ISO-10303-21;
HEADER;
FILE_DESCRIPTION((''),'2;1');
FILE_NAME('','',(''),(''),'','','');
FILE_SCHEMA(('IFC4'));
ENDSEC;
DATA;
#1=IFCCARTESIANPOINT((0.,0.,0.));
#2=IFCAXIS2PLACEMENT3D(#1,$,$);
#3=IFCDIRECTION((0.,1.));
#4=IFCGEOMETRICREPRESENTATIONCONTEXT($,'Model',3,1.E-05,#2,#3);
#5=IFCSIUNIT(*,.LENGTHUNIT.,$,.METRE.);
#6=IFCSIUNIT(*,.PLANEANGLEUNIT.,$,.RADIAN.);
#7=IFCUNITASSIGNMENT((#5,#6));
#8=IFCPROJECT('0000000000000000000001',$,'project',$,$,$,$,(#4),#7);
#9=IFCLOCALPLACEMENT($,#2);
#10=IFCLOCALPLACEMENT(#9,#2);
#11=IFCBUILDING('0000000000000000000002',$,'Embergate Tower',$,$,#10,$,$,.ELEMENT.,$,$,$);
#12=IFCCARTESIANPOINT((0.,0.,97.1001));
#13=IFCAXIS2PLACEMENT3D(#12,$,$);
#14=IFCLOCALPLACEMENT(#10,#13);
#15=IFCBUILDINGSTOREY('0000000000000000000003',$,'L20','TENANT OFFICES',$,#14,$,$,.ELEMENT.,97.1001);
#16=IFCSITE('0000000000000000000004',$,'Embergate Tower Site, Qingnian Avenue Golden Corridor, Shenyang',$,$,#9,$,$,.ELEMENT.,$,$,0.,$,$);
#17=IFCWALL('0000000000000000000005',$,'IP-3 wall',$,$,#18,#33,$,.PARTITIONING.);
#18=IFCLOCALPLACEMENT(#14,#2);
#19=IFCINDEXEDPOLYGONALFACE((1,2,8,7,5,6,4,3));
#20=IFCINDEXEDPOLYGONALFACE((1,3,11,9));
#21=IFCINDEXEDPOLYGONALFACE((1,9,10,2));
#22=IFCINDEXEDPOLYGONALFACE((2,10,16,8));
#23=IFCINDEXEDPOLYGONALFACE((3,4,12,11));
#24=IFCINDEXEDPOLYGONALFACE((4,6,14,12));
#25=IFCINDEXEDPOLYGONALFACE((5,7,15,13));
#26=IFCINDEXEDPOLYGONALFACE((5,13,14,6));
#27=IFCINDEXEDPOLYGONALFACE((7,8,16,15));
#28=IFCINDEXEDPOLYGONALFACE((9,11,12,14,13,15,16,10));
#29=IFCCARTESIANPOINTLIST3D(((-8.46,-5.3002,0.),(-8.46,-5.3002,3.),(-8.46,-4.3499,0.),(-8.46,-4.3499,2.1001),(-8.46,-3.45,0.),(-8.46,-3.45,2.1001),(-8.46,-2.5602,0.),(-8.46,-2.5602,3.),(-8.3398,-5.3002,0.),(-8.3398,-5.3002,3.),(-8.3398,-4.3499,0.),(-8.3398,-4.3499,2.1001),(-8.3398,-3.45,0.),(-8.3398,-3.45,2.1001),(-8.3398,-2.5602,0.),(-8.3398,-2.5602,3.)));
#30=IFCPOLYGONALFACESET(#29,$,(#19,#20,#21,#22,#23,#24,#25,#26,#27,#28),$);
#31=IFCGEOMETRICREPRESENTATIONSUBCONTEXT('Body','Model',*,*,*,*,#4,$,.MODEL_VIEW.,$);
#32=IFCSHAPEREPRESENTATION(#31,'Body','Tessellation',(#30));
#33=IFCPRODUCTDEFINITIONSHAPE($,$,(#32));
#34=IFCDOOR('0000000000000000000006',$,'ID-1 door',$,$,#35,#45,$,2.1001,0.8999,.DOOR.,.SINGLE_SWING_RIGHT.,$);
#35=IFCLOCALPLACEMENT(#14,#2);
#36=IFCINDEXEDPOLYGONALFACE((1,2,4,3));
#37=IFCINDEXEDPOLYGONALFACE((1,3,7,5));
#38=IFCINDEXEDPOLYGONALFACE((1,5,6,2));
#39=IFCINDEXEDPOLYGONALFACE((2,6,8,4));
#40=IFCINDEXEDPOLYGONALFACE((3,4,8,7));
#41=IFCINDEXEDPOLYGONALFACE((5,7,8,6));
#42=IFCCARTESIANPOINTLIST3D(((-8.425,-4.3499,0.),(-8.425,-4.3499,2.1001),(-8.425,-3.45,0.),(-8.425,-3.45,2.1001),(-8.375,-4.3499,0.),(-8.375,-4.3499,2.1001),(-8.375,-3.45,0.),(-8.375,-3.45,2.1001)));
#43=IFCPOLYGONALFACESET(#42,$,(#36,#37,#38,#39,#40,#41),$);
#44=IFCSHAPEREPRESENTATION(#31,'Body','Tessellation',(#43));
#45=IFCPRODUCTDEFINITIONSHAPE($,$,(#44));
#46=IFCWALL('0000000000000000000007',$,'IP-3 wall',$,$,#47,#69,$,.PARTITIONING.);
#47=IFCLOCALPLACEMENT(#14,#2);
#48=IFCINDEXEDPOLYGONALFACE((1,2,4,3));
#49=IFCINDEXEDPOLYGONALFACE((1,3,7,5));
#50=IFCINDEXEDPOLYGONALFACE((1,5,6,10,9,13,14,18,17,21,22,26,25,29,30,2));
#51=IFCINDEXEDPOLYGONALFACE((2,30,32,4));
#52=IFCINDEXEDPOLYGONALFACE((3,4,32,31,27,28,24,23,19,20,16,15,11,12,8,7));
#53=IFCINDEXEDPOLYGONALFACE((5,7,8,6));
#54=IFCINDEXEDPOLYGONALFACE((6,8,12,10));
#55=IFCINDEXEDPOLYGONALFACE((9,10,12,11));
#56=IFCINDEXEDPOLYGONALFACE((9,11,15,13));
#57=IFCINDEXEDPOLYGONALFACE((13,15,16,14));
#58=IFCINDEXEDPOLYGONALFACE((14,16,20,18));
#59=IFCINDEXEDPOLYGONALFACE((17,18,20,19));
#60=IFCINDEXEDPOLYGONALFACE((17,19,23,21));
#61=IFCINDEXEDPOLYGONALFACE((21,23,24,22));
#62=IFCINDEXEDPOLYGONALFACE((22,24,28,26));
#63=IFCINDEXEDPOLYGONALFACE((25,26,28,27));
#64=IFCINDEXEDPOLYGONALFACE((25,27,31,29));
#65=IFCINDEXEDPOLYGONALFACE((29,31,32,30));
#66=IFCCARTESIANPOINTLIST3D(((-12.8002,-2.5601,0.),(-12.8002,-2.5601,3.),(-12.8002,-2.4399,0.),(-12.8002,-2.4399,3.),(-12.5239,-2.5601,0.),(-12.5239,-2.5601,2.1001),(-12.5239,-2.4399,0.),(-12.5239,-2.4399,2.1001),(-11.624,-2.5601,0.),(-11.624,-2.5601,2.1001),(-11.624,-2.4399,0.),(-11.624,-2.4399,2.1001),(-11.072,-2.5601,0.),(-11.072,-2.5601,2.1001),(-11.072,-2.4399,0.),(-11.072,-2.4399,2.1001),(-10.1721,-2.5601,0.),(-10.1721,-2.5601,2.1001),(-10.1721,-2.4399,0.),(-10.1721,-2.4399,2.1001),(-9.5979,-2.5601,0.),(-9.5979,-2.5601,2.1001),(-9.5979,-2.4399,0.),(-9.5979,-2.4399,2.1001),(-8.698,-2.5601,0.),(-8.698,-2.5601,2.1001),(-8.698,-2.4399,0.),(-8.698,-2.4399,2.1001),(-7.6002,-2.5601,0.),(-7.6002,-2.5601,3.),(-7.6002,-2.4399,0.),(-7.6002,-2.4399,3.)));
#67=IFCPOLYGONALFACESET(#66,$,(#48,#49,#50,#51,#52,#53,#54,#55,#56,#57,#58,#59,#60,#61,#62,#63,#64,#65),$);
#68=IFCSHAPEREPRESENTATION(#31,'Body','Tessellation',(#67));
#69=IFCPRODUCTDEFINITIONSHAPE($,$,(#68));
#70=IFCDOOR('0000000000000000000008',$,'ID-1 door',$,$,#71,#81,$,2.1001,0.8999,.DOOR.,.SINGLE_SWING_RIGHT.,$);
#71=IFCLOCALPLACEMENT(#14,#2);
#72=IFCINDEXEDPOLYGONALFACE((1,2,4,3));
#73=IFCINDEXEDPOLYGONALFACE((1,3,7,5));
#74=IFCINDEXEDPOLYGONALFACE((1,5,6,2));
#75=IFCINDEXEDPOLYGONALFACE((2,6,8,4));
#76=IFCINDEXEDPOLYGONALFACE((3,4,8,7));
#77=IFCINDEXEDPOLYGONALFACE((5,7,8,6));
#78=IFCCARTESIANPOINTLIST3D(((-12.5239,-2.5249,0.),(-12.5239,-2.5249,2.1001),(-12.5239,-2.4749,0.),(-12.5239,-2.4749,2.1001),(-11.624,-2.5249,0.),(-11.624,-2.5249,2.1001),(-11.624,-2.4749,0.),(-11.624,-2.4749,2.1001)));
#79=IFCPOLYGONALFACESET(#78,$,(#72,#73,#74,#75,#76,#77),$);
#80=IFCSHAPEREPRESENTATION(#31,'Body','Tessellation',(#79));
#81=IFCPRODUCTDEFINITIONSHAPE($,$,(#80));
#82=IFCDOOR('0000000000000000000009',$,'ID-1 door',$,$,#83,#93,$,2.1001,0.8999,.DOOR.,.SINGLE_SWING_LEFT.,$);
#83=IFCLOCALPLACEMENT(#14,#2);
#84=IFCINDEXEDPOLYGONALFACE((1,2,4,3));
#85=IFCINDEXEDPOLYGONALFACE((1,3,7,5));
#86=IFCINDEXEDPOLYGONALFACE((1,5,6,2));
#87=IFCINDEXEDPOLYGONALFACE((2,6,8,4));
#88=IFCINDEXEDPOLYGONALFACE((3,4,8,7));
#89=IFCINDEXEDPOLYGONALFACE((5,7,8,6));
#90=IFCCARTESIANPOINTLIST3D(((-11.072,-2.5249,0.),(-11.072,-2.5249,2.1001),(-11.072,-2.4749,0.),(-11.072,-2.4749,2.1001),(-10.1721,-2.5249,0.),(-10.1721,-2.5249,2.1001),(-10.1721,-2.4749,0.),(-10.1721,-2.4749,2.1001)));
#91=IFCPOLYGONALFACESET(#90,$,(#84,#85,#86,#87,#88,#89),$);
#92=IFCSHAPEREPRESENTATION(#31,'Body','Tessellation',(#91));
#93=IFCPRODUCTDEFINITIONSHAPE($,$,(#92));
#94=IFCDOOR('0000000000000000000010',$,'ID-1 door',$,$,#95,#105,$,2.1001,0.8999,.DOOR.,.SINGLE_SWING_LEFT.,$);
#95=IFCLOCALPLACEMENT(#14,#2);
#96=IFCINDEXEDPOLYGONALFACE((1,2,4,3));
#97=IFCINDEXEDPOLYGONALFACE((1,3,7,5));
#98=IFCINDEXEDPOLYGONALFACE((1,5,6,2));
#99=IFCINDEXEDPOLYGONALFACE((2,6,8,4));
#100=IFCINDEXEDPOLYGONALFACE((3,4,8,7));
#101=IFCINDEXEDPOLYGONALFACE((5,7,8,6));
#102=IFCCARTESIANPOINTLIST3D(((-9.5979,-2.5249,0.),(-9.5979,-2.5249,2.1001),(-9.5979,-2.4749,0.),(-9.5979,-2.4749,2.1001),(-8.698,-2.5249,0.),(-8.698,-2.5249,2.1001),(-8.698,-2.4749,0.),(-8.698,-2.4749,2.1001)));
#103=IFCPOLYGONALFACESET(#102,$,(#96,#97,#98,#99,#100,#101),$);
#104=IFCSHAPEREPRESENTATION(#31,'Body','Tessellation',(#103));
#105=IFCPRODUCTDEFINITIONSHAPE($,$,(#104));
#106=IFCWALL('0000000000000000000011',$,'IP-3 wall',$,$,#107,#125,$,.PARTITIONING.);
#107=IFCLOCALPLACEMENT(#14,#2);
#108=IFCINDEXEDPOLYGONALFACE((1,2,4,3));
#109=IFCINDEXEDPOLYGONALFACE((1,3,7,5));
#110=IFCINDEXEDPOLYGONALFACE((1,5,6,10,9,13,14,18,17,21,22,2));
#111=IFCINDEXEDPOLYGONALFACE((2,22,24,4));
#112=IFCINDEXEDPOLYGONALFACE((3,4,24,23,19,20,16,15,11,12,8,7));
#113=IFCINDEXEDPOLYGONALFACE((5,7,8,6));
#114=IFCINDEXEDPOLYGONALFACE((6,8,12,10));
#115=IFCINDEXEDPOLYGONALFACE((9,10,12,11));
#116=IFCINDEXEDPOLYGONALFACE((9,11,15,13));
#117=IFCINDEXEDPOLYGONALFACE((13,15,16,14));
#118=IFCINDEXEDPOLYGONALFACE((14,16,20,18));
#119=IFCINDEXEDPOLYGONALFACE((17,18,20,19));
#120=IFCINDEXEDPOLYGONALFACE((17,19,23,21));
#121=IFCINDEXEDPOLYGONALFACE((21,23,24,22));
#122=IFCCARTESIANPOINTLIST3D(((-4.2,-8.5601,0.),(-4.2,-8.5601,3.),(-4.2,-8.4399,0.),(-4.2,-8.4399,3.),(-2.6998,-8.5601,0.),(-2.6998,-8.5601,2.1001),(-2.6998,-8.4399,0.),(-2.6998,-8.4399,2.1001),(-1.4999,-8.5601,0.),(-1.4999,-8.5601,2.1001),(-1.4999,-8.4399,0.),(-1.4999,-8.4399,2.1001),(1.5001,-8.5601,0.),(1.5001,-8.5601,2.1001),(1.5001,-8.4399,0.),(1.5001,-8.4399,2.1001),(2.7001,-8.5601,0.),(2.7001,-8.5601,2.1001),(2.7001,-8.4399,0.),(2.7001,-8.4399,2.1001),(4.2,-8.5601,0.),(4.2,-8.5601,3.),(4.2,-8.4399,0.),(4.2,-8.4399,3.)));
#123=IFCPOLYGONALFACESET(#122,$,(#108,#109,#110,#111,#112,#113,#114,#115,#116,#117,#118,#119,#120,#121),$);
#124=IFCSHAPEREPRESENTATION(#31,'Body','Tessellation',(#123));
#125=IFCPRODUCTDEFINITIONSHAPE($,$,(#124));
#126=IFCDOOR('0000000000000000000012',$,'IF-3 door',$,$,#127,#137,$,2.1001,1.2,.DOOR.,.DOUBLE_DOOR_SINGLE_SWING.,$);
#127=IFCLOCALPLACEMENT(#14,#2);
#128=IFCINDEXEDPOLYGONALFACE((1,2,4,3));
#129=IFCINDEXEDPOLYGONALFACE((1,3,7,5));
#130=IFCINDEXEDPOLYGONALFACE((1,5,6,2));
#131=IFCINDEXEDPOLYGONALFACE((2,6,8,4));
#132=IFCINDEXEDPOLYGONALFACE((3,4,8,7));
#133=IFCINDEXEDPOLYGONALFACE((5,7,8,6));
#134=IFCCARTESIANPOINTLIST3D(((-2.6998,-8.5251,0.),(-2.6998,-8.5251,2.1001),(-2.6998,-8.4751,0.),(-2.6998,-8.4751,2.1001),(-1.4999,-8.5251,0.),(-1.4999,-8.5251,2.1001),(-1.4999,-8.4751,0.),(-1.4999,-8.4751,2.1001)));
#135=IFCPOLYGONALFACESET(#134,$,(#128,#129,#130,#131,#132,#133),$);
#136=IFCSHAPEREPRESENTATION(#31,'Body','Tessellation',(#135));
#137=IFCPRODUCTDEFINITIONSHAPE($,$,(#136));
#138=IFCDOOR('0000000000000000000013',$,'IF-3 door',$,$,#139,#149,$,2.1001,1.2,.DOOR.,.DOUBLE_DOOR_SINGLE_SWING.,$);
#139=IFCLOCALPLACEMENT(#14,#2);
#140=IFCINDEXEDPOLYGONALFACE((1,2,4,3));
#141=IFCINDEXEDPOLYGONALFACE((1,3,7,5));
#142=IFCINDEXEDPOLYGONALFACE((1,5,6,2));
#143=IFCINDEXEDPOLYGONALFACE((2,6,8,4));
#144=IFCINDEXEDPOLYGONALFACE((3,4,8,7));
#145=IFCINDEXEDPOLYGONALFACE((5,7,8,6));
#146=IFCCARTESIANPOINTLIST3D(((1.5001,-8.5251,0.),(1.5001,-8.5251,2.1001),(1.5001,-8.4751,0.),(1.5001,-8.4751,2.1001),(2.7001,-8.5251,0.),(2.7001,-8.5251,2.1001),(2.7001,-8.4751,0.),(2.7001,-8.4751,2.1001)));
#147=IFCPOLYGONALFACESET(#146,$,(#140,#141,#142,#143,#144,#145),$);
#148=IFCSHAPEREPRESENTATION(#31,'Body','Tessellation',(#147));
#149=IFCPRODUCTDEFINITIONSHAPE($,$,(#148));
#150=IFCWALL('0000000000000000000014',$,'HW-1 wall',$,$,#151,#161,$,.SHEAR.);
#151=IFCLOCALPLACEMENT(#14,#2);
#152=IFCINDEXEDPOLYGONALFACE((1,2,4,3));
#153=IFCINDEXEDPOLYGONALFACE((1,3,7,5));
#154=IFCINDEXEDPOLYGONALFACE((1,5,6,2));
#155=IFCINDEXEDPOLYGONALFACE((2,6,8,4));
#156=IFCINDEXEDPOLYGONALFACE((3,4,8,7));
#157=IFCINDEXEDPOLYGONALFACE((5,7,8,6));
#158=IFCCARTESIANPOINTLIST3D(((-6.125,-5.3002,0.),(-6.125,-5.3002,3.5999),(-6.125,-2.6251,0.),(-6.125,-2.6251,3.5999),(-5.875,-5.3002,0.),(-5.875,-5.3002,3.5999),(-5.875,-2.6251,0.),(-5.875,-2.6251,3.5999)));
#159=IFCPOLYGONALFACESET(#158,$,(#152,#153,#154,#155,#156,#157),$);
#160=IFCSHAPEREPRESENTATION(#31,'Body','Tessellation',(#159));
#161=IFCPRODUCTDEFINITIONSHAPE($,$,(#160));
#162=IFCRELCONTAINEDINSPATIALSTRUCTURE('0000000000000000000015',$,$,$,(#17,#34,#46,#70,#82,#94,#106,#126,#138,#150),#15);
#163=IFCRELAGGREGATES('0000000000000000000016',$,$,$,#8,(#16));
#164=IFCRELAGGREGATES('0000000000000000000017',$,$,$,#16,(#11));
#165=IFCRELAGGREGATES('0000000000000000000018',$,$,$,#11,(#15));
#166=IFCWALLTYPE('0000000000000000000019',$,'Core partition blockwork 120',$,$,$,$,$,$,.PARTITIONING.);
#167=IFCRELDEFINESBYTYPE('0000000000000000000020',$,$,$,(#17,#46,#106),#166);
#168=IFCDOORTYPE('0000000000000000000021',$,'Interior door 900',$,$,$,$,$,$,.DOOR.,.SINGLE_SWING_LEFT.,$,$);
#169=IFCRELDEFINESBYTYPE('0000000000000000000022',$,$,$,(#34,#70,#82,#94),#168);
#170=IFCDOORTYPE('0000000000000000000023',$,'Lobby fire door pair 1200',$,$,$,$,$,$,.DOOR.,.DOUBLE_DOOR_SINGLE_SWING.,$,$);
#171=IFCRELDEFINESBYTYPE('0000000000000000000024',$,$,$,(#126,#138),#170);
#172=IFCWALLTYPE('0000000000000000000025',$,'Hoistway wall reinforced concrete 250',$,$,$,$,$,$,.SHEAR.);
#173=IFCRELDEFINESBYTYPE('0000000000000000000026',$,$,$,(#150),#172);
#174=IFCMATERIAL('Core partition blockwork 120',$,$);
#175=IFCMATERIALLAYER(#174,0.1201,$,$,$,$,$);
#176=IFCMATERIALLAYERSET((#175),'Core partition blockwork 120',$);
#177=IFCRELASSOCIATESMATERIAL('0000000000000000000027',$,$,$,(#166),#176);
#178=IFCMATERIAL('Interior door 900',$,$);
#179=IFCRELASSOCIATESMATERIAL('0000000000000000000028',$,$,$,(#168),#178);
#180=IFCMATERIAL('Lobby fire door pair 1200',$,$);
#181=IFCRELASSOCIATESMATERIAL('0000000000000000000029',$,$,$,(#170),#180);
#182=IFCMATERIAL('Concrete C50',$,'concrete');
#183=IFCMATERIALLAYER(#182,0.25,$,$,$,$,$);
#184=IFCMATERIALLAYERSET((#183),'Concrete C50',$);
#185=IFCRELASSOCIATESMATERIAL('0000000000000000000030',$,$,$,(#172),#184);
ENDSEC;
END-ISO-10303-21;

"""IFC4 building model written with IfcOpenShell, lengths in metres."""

from ifc_helpers import new_model, si_unit, direction, frame, frame_2d, origin, place, context, subcontext, project, spatial, rectangle, extrude, source, transform, mapped, material, layer, layer_set, type_object, element, fill, save


model = new_model("IFC4")

# Units and contexts
model_context = context("Model", 3, precision=1e-05, world=origin(), true_north=direction((0.0, 1.0)))
body_context = subcontext(model_context, "Body", "Model", "MODEL_VIEW")
ifc_project = project(units=[si_unit("LENGTHUNIT", "METRE"), si_unit("PLANEANGLEUNIT", "RADIAN")], contexts=[model_context])

# Site, building, storey
site_placement = place(None, origin())
site = spatial("IfcSite", under=ifc_project, at=site_placement, Name="Embergate Tower Site, Qingnian Avenue Golden Corridor, Shenyang", CompositionType="ELEMENT", RefElevation=0.0)
building_placement = place(site_placement, origin())
building = spatial("IfcBuilding", under=site, at=building_placement, Name="Embergate Tower", CompositionType="ELEMENT")
storey_placement = place(building_placement, frame((0.0, 0.0, 97.1001)))
storey = spatial("IfcBuildingStorey", under=building, at=storey_placement, Name="L20", Description="TENANT OFFICES", CompositionType="ELEMENT", Elevation=97.1001)

# Wall, opening, door
ifc_material_1 = material(Name="Core partition blockwork 120")
ifc_layer_1 = layer(ifc_material_1, 0.1201)
ifc_layer_set_1 = layer_set([ifc_layer_1], Name="Core partition blockwork 120")
wall_type_1 = type_object("IfcWallType", Name="Core partition blockwork 120", PredefinedType="PARTITIONING", material=ifc_layer_set_1)
shared_shape_1 = source(origin(), body_context, "Body", "SweptSolid", [
    extrude(rectangle(XDim=2.74, YDim=0.1201, at=frame_2d((1.3701, 0.0))), origin(), (0.0, 0.0, 1.0), 3.0),
])
wall_1_placement = place(storey_placement, frame((-8.3999, -2.5601, 0.0), z_axis=(0.0, 0.0, 1.0), x_axis=(0.0, -1.0, 0.0)))
wall_1 = element("IfcWall", 1, at=wall_1_placement, inside=storey, type_object=wall_type_1, Name="IP-3 wall", PredefinedType="PARTITIONING", context=body_context, shape_type="MappedRepresentation", body=[
    mapped(shared_shape_1, transform((0.0, 0.0, 0.0))),
])
shared_shape_2 = source(origin(), body_context, "Body", "SweptSolid", [
    extrude(rectangle(XDim=0.8999, YDim=2.1001, at=frame_2d((0.45, 1.05))), frame((0.0, 0.0701, 0.0), z_axis=(0.0, -1.0, 0.0), x_axis=(1.0, 0.0, 0.0)), (0.0, 0.0, 1.0), 0.1401),
])
opening_1_placement = place(wall_1_placement, frame((0.8899, 0.0, 0.0)))
opening_1 = element("IfcOpeningElement", 2, at=opening_1_placement, cuts=wall_1, PredefinedType="OPENING", context=body_context, shape_type="MappedRepresentation", body=[
    mapped(shared_shape_2, transform((0.0, 0.0, 0.0))),
])
ifc_material_2 = material(Name="Interior door 900")
door_type_1 = type_object("IfcDoorType", Name="Interior door 900", OperationType="SINGLE_SWING_LEFT", PredefinedType="DOOR", material=ifc_material_2)
shared_shape_3 = source(origin(), body_context, "Body", "SweptSolid", [
    extrude(rectangle(XDim=0.8999, YDim=2.1001, at=frame_2d((0.45, 1.05))), frame((0.0, 0.0249, 0.0), z_axis=(0.0, -1.0, 0.0), x_axis=(1.0, 0.0, 0.0)), (0.0, 0.0, 1.0), 0.05),
])
door_1_placement = place(opening_1_placement, origin())
door_1 = element("IfcDoor", 3, at=door_1_placement, inside=storey, type_object=door_type_1, Name="ID-1 door", OperationType="SINGLE_SWING_RIGHT", OverallHeight=2.1001, OverallWidth=0.8999, PredefinedType="DOOR", context=body_context, shape_type="MappedRepresentation", body=[
    mapped(shared_shape_3, transform((0.0, 0.0, 0.0))),
])
fill(opening_1, door_1)

# Walls, openings, doors
shared_shape_4 = source(origin(), body_context, "Body", "SweptSolid", [
    extrude(rectangle(XDim=5.2, YDim=0.1201, at=frame_2d((2.6001, 0.0))), origin(), (0.0, 0.0, 1.0), 3.0),
])
wall_2_placement = place(storey_placement, frame((-7.6001, -2.5, 0.0), z_axis=(0.0, 0.0, 1.0), x_axis=(-1.0, 0.0, 0.0)))
wall_2 = element("IfcWall", 4, at=wall_2_placement, inside=storey, type_object=wall_type_1, Name="IP-3 wall", PredefinedType="PARTITIONING", context=body_context, shape_type="MappedRepresentation", body=[
    mapped(shared_shape_4, transform((0.0, 0.0, 0.0))),
])
opening_2_placement = place(wall_2_placement, frame((4.0239, 0.0, 0.0)))
opening_2 = element("IfcOpeningElement", 5, at=opening_2_placement, cuts=wall_2, PredefinedType="OPENING", context=body_context, shape_type="MappedRepresentation", body=[
    mapped(shared_shape_2, transform((0.0, 0.0, 0.0))),
])
opening_3_placement = place(wall_2_placement, frame((2.572, 0.0, 0.0)))
opening_3 = element("IfcOpeningElement", 6, at=opening_3_placement, cuts=wall_2, PredefinedType="OPENING", context=body_context, shape_type="MappedRepresentation", body=[
    mapped(shared_shape_2, transform((0.0, 0.0, 0.0))),
])
opening_4_placement = place(wall_2_placement, frame((1.0979, 0.0, 0.0)))
opening_4 = element("IfcOpeningElement", 7, at=opening_4_placement, cuts=wall_2, PredefinedType="OPENING", context=body_context, shape_type="MappedRepresentation", body=[
    mapped(shared_shape_2, transform((0.0, 0.0, 0.0))),
])
door_2_placement = place(opening_2_placement, origin())
door_2 = element("IfcDoor", 8, at=door_2_placement, inside=storey, type_object=door_type_1, Name="ID-1 door", OperationType="SINGLE_SWING_RIGHT", OverallHeight=2.1001, OverallWidth=0.8999, PredefinedType="DOOR", context=body_context, shape_type="MappedRepresentation", body=[
    mapped(shared_shape_3, transform((0.0, 0.0, 0.0))),
])
fill(opening_2, door_2)
door_3_placement = place(opening_3_placement, origin())
door_3 = element("IfcDoor", 9, at=door_3_placement, inside=storey, type_object=door_type_1, Name="ID-1 door", OperationType="SINGLE_SWING_LEFT", OverallHeight=2.1001, OverallWidth=0.8999, PredefinedType="DOOR", context=body_context, shape_type="MappedRepresentation", body=[
    mapped(shared_shape_3, transform((0.0, 0.0, 0.0))),
])
fill(opening_3, door_3)
door_4_placement = place(opening_4_placement, origin())
door_4 = element("IfcDoor", 10, at=door_4_placement, inside=storey, type_object=door_type_1, Name="ID-1 door", OperationType="SINGLE_SWING_LEFT", OverallHeight=2.1001, OverallWidth=0.8999, PredefinedType="DOOR", context=body_context, shape_type="MappedRepresentation", body=[
    mapped(shared_shape_3, transform((0.0, 0.0, 0.0))),
])
fill(opening_4, door_4)
shared_shape_5 = source(origin(), body_context, "Body", "SweptSolid", [
    extrude(rectangle(XDim=8.3999, YDim=0.1201, at=frame_2d((4.2, 0.0))), origin(), (0.0, 0.0, 1.0), 3.0),
])
wall_3_placement = place(storey_placement, frame((-4.2, -8.5, 0.0), z_axis=(0.0, 0.0, 1.0), x_axis=(1.0, 0.0, 0.0)))
wall_3 = element("IfcWall", 11, at=wall_3_placement, inside=storey, type_object=wall_type_1, Name="IP-3 wall", PredefinedType="PARTITIONING", context=body_context, shape_type="MappedRepresentation", body=[
    mapped(shared_shape_5, transform((0.0, 0.0, 0.0))),
])
shared_shape_6 = source(origin(), body_context, "Body", "SweptSolid", [
    extrude(rectangle(XDim=1.2, YDim=2.1001, at=frame_2d((0.6001, 1.05))), frame((0.0, 0.0701, 0.0), z_axis=(0.0, -1.0, 0.0), x_axis=(1.0, 0.0, 0.0)), (0.0, 0.0, 1.0), 0.1401),
])
opening_5_placement = place(wall_3_placement, frame((1.5, 0.0, 0.0)))
opening_5 = element("IfcOpeningElement", 12, at=opening_5_placement, cuts=wall_3, PredefinedType="OPENING", context=body_context, shape_type="MappedRepresentation", body=[
    mapped(shared_shape_6, transform((0.0, 0.0, 0.0))),
])
opening_6_placement = place(wall_3_placement, frame((5.7, 0.0, 0.0)))
opening_6 = element("IfcOpeningElement", 13, at=opening_6_placement, cuts=wall_3, PredefinedType="OPENING", context=body_context, shape_type="MappedRepresentation", body=[
    mapped(shared_shape_6, transform((0.0, 0.0, 0.0))),
])
ifc_material_3 = material(Name="Lobby fire door pair 1200")
door_type_2 = type_object("IfcDoorType", Name="Lobby fire door pair 1200", OperationType="DOUBLE_DOOR_SINGLE_SWING", PredefinedType="DOOR", material=ifc_material_3)
shared_shape_7 = source(origin(), body_context, "Body", "SweptSolid", [
    extrude(rectangle(XDim=1.2, YDim=2.1001, at=frame_2d((0.6001, 1.05))), frame((0.0, 0.0249, 0.0), z_axis=(0.0, -1.0, 0.0), x_axis=(1.0, 0.0, 0.0)), (0.0, 0.0, 1.0), 0.05),
])
door_5_placement = place(opening_5_placement, origin())
door_5 = element("IfcDoor", 14, at=door_5_placement, inside=storey, type_object=door_type_2, Name="IF-3 door", OperationType="DOUBLE_DOOR_SINGLE_SWING", OverallHeight=2.1001, OverallWidth=1.2, PredefinedType="DOOR", context=body_context, shape_type="MappedRepresentation", body=[
    mapped(shared_shape_7, transform((0.0, 0.0, 0.0))),
])
fill(opening_5, door_5)
door_6_placement = place(opening_6_placement, origin())
door_6 = element("IfcDoor", 15, at=door_6_placement, inside=storey, type_object=door_type_2, Name="IF-3 door", OperationType="DOUBLE_DOOR_SINGLE_SWING", OverallHeight=2.1001, OverallWidth=1.2, PredefinedType="DOOR", context=body_context, shape_type="MappedRepresentation", body=[
    mapped(shared_shape_7, transform((0.0, 0.0, 0.0))),
])
fill(opening_6, door_6)

# Wall
ifc_material_4 = material(Name="Concrete C50", Category="concrete")
ifc_layer_2 = layer(ifc_material_4, 0.25)
ifc_layer_set_2 = layer_set([ifc_layer_2], Name="Concrete C50")
wall_type_2 = type_object("IfcWallType", Name="Hoistway wall reinforced concrete 250", PredefinedType="SHEAR", material=ifc_layer_set_2)
shared_shape_8 = source(origin(), body_context, "Body", "SweptSolid", [
    extrude(rectangle(XDim=2.675, YDim=0.25, at=frame_2d((1.3374, 0.0))), origin(), (0.0, 0.0, 1.0), 3.5999),
])
wall_4_placement = place(storey_placement, frame((-6.0, -5.3, 0.0), z_axis=(0.0, 0.0, 1.0), x_axis=(0.0, 1.0, 0.0)))
element("IfcWall", 16, at=wall_4_placement, inside=storey, type_object=wall_type_2, Name="HW-1 wall", PredefinedType="SHEAR", context=body_context, shape_type="MappedRepresentation", body=[
    mapped(shared_shape_8, transform((0.0, 0.0, 0.0))),
])

save(model, "model.ifc")
